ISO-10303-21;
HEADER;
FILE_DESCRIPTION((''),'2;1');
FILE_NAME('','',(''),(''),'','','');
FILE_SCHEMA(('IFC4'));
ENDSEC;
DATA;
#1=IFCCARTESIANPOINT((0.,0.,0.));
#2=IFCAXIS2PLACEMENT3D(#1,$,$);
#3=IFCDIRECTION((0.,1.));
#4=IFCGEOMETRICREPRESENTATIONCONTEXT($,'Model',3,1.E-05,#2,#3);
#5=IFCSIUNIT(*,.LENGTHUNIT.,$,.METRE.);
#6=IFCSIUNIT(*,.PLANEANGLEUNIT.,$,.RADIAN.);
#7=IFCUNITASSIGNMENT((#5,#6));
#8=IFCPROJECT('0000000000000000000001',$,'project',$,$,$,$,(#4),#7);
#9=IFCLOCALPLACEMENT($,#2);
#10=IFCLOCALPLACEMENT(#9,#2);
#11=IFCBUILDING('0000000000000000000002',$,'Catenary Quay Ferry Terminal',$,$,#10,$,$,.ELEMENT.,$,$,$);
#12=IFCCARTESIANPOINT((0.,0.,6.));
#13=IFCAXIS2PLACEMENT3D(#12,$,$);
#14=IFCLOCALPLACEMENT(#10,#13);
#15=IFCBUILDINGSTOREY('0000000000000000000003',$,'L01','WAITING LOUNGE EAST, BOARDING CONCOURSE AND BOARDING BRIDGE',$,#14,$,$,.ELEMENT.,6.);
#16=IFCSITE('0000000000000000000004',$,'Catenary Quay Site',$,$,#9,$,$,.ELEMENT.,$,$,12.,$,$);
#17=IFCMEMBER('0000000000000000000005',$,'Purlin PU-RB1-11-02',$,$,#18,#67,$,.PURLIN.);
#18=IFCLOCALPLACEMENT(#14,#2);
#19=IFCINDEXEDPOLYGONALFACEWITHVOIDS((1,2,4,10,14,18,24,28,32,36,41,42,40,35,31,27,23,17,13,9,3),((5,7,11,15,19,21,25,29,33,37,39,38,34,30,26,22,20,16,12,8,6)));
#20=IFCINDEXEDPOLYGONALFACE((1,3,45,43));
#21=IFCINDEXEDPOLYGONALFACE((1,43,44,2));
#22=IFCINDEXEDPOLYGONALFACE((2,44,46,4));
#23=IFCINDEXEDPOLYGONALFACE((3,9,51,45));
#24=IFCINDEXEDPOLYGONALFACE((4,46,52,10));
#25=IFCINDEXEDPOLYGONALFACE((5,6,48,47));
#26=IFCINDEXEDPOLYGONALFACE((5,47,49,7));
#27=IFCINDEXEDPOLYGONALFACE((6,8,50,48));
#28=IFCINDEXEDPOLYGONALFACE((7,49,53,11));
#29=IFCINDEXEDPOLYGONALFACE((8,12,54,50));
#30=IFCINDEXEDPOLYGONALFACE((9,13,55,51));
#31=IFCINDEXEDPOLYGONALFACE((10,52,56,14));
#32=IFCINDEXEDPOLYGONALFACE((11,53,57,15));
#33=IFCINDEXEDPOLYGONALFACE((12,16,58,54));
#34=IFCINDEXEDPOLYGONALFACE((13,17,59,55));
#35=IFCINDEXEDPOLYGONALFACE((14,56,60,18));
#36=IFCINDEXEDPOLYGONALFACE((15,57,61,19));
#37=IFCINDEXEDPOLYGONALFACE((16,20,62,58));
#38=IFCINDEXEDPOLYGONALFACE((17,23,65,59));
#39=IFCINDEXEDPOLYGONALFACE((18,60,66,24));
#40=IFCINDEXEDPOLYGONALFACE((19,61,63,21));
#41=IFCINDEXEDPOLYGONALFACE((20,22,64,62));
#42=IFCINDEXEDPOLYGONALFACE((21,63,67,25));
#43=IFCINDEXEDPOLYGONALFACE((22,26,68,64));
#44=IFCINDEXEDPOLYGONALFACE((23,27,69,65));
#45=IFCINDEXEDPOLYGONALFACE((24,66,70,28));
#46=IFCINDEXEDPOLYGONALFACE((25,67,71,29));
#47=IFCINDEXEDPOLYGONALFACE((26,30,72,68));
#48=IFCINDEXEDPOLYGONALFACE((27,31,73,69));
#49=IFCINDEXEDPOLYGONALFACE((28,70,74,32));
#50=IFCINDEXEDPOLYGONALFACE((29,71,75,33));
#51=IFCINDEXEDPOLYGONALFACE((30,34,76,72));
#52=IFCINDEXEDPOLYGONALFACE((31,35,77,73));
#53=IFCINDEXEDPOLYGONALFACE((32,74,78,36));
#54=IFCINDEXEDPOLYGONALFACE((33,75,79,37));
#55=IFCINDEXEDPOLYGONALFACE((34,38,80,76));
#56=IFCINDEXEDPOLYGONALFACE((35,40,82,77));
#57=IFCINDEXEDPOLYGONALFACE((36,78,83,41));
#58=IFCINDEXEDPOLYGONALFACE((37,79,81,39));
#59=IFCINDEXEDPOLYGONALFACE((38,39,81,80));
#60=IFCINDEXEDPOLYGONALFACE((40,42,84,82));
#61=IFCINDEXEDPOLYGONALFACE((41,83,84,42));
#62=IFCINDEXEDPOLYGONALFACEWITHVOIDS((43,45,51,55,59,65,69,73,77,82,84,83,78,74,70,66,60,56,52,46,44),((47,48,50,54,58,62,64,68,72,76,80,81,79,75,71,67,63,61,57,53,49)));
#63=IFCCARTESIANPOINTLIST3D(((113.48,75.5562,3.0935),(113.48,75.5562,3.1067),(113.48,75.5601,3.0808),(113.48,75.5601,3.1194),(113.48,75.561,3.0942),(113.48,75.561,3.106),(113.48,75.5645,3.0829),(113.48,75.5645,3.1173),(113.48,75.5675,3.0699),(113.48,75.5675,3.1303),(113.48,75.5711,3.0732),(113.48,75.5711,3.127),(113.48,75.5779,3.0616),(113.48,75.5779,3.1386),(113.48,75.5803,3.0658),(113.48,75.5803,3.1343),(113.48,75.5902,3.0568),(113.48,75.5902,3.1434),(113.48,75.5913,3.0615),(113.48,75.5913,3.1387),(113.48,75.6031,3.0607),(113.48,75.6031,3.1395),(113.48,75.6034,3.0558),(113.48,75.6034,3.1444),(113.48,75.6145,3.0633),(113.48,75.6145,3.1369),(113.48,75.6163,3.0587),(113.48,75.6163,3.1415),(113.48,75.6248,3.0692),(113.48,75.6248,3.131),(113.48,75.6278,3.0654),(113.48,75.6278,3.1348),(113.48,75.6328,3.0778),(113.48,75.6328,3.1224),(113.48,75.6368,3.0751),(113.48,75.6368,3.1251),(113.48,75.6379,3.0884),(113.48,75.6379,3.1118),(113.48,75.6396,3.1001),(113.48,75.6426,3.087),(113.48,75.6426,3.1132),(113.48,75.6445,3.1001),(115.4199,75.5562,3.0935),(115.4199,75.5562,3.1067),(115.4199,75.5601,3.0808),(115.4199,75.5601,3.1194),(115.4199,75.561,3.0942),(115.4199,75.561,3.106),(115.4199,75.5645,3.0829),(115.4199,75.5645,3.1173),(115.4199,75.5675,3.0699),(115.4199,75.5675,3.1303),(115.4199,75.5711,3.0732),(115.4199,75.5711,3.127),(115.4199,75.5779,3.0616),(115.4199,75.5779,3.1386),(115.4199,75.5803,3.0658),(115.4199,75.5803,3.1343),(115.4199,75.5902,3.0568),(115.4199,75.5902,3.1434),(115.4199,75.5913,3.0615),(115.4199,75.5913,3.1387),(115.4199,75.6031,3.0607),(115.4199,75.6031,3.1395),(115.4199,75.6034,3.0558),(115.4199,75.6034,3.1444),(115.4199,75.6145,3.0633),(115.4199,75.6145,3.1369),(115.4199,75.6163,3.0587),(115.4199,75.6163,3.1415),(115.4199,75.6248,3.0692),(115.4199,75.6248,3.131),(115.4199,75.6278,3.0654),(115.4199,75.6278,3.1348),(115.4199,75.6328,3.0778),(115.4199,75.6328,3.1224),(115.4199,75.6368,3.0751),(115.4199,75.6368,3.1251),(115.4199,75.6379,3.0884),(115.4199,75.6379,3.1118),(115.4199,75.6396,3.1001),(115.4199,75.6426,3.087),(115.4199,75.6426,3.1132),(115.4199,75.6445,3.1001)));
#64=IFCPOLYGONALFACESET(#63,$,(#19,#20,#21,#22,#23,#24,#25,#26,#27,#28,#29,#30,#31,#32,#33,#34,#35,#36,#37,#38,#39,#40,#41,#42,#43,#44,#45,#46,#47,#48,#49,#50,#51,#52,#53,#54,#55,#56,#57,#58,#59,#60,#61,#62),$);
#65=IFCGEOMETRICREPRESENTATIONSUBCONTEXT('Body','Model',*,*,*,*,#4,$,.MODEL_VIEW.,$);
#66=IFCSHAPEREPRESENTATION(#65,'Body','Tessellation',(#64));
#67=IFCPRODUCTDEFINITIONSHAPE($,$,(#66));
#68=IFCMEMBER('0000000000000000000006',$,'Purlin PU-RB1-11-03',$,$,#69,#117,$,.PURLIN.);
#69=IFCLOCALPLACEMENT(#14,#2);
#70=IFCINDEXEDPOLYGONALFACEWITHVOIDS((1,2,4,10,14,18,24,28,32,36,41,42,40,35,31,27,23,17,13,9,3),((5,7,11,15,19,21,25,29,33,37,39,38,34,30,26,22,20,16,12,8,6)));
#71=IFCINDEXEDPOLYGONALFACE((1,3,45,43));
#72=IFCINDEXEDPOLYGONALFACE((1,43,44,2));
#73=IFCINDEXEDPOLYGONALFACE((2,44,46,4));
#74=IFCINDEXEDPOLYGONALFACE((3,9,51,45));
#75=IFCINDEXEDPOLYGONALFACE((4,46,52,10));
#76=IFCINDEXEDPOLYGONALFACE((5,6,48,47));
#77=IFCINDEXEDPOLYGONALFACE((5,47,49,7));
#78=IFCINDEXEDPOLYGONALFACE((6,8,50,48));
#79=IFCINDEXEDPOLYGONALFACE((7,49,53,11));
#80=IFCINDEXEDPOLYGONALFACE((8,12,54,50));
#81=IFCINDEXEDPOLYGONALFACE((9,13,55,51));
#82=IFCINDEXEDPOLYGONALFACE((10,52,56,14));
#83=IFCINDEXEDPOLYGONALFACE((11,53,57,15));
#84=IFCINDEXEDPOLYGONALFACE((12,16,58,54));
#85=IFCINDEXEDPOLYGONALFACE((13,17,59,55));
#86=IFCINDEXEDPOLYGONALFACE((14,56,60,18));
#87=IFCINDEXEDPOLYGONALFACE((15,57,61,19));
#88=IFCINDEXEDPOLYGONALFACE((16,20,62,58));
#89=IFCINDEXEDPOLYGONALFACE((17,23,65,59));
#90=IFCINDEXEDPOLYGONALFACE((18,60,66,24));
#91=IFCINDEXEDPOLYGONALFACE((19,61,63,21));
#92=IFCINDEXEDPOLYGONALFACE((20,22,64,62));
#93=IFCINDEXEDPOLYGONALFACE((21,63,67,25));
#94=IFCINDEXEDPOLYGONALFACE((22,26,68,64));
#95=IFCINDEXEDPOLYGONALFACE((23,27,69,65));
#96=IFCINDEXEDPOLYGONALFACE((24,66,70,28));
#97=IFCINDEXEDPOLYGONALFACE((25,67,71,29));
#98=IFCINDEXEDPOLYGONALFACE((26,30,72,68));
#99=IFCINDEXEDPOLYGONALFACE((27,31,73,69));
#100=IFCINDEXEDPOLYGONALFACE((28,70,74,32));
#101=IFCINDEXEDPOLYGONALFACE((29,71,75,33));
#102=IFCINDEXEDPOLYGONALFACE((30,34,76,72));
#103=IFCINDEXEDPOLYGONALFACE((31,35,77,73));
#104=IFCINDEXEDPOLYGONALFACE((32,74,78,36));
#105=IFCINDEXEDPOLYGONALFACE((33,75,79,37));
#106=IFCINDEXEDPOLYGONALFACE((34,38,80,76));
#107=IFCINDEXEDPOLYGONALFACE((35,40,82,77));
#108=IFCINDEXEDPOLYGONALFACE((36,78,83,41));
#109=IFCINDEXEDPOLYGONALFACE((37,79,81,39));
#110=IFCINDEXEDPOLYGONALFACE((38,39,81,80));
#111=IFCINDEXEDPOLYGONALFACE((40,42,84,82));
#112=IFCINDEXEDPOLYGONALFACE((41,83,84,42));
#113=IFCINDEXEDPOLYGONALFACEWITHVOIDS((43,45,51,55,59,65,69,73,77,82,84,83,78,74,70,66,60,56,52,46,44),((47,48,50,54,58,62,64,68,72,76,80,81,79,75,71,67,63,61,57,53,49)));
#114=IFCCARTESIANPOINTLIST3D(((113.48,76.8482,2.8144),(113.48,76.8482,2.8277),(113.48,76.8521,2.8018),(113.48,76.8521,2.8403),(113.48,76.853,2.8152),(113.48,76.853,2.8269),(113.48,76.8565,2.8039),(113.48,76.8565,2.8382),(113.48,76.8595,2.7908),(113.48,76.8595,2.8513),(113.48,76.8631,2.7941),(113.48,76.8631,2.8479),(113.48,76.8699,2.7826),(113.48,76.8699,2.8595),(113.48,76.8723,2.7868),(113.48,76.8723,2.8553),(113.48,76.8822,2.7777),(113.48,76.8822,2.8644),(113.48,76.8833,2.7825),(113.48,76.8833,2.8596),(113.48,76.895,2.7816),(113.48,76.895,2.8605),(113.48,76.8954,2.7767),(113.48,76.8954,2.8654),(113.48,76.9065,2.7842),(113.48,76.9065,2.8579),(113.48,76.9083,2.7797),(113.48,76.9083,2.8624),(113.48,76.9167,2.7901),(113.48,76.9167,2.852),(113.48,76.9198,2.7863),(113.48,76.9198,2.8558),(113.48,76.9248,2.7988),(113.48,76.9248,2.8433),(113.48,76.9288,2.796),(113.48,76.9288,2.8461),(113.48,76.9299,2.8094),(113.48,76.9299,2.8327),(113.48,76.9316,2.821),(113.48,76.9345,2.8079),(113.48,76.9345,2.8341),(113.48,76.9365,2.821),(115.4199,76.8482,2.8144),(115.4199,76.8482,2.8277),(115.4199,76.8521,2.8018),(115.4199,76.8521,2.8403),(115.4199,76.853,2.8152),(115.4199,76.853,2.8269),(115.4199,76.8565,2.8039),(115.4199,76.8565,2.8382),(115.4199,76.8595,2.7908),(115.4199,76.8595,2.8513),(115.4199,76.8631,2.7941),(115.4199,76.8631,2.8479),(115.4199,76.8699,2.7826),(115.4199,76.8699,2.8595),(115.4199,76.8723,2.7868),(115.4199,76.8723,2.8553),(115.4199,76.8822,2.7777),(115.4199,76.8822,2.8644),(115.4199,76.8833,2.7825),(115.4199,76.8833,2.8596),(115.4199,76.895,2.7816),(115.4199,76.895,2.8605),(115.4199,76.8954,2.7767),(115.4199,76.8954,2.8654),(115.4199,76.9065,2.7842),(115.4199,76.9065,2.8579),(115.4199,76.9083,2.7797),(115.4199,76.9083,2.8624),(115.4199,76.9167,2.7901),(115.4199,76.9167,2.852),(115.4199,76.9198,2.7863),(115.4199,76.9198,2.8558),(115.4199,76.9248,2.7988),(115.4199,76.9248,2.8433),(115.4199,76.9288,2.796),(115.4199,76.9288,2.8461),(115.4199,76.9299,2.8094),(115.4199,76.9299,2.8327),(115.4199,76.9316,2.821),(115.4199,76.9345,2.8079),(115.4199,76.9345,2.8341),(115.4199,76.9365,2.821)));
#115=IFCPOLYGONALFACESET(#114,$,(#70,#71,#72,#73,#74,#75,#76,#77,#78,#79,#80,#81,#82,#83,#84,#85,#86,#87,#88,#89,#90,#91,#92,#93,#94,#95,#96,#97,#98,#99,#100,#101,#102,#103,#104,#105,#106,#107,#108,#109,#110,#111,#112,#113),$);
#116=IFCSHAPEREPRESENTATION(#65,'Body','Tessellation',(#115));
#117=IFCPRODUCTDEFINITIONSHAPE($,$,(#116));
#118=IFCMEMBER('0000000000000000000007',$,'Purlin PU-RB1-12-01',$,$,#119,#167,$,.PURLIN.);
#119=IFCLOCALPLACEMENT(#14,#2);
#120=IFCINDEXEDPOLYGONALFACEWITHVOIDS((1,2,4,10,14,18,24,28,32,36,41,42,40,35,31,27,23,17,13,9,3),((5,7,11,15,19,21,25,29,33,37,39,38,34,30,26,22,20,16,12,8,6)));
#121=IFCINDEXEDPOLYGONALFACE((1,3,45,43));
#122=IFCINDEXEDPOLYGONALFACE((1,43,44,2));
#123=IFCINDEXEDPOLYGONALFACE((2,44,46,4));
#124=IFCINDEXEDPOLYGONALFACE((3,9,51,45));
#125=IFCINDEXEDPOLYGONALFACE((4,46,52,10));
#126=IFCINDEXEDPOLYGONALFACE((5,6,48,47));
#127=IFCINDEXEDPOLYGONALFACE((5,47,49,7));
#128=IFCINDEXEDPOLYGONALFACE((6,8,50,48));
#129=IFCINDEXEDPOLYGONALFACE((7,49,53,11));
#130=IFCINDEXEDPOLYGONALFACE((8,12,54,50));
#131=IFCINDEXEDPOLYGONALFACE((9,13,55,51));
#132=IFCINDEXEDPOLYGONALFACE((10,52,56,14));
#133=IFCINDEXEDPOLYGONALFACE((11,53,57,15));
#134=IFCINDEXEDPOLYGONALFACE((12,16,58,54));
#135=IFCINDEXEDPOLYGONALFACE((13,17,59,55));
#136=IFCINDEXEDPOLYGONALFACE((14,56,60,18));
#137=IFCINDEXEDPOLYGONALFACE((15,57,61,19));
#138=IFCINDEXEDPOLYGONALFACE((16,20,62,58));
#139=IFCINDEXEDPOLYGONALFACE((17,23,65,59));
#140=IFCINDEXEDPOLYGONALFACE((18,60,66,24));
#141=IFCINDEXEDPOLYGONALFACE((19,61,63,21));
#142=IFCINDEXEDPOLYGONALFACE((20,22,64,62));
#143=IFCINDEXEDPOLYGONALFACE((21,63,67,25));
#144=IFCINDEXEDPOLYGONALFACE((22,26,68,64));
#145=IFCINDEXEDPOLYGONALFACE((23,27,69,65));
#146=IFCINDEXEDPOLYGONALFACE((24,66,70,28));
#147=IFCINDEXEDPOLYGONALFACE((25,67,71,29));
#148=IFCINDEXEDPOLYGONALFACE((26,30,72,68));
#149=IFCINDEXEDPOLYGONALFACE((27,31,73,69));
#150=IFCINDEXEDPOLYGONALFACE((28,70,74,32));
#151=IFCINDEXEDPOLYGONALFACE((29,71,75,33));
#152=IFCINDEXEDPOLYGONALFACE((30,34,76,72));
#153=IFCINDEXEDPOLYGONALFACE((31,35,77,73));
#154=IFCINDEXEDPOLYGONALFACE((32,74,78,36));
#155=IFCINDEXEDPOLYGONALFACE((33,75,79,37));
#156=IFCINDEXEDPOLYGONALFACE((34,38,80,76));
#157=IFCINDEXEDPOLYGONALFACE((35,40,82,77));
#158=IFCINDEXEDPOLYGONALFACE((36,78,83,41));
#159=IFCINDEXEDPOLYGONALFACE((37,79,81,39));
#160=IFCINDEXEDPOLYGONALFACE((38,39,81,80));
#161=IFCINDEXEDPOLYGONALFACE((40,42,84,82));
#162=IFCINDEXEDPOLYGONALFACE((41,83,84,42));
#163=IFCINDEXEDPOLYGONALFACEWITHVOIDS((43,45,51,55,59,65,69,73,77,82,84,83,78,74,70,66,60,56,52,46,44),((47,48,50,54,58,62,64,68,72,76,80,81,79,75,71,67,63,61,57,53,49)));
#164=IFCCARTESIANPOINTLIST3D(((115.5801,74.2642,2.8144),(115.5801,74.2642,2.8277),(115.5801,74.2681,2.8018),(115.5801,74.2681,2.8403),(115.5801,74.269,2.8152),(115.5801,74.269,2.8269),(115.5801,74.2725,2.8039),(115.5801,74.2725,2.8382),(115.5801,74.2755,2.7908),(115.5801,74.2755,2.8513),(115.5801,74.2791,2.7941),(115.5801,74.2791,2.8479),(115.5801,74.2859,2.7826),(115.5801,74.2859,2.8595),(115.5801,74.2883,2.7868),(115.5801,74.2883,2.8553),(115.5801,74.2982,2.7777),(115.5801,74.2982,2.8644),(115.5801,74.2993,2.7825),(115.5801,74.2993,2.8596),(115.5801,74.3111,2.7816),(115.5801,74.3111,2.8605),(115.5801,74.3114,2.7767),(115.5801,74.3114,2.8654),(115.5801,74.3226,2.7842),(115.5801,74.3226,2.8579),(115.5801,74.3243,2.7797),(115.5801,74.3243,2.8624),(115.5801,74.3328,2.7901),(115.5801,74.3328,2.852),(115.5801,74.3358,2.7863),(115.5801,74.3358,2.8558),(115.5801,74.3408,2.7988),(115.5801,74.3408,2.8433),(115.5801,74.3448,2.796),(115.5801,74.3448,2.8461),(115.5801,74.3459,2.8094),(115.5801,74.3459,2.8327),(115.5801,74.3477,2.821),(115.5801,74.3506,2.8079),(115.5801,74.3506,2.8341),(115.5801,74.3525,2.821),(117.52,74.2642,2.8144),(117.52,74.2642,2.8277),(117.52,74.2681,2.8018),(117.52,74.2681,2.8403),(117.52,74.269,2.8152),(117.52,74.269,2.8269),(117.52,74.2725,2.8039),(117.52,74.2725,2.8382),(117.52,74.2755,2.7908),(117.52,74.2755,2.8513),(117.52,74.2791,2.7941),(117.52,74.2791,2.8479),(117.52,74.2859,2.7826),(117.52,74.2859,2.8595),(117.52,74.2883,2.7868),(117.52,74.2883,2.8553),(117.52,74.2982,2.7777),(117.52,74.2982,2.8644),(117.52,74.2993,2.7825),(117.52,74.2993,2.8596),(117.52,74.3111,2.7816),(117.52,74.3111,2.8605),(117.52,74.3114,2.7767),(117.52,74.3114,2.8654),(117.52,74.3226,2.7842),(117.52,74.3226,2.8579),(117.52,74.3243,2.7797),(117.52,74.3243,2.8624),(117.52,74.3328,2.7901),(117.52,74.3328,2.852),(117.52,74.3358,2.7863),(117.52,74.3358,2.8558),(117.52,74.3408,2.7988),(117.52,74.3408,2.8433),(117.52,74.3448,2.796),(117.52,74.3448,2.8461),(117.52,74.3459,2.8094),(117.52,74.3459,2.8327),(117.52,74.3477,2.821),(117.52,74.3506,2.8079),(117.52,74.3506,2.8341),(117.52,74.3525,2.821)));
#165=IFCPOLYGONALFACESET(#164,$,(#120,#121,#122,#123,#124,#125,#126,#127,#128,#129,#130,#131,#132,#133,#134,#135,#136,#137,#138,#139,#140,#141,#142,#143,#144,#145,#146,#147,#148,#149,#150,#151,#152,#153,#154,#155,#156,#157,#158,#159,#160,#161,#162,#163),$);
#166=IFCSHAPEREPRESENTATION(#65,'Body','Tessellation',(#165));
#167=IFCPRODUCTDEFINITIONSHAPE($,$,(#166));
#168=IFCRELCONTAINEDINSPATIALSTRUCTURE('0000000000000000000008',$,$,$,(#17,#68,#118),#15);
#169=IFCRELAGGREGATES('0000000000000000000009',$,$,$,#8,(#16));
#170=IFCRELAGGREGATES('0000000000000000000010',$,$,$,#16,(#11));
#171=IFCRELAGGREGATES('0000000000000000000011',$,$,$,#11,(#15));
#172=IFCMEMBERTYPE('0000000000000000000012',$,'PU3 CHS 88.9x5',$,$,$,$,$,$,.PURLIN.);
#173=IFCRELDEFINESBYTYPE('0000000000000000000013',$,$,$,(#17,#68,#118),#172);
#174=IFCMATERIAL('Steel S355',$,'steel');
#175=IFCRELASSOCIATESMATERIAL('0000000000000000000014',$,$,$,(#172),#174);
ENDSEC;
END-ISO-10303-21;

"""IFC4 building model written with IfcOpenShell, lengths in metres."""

from ifc_helpers import new_model, si_unit, direction, frame, origin, origin_2d, place, context, subcontext, project, spatial, hollow_circle, extrude, material, material_profile, profile_set, type_object, element, save


model = new_model("IFC4")

# Units and contexts
model_context = context("Model", 3, precision=1e-05, world=origin(), true_north=direction((0.0, 1.0)))
body_context = subcontext(model_context, "Body", "Model", "MODEL_VIEW")
ifc_project = project(units=[si_unit("LENGTHUNIT", "METRE"), si_unit("PLANEANGLEUNIT", "RADIAN")], contexts=[model_context])

# Site, building, storey
site_placement = place(None, origin())
site = spatial("IfcSite", under=ifc_project, at=site_placement, Name="Catenary Quay Site", CompositionType="ELEMENT", RefElevation=12.0)
building_placement = place(site_placement, origin())
building = spatial("IfcBuilding", under=site, at=building_placement, Name="Catenary Quay Ferry Terminal", CompositionType="ELEMENT")
storey_placement = place(building_placement, frame((0.0, 0.0, 6.0)))
storey = spatial("IfcBuildingStorey", under=building, at=storey_placement, Name="L01", Description="WAITING LOUNGE EAST, BOARDING CONCOURSE AND BOARDING BRIDGE", CompositionType="ELEMENT", Elevation=6.0)

# Members
ifc_material_1 = material(Name="Steel S355", Category="steel")
ifc_material_profile_1 = material_profile(ifc_material_1, hollow_circle(Radius=0.0444, WallThickness=0.0049, at=origin_2d()), Name="CHS 88.9x5")
ifc_profile_set_1 = profile_set([ifc_material_profile_1], Name="Steel S355")
member_type_1 = type_object("IfcMemberType", Name="PU3 CHS 88.9x5", PredefinedType="PURLIN", material=ifc_profile_set_1)
for number, where, z_axis, x_axis, name in (
    (1, (113.48, 75.6001, 3.1001), (1.0, 0.0, 0.0), (0.0, 1.0, 0.0), "Purlin PU-RB1-11-02"),
    (2, (113.48, 76.8921, 2.821), (1.0, 0.0, 0.0), (0.0, 1.0, 0.0), "Purlin PU-RB1-11-03"),
    (3, (115.5801, 74.3081, 2.821), (1.0, 0.0, 0.0), (0.0, 1.0, 0.0), "Purlin PU-RB1-12-01"),
):
    element("IfcMember", number, at=place(storey_placement, frame(where, z_axis=z_axis, x_axis=x_axis)), inside=storey, type_object=member_type_1, Name=name, PredefinedType="PURLIN", context=body_context, shape_type="SweptSolid", body=[
        extrude(hollow_circle(Radius=0.0444, WallThickness=0.0049, at=origin_2d()), origin(), (0.0, 0.0, 1.0), 1.9399),
    ])

save(model, "model.ifc")
